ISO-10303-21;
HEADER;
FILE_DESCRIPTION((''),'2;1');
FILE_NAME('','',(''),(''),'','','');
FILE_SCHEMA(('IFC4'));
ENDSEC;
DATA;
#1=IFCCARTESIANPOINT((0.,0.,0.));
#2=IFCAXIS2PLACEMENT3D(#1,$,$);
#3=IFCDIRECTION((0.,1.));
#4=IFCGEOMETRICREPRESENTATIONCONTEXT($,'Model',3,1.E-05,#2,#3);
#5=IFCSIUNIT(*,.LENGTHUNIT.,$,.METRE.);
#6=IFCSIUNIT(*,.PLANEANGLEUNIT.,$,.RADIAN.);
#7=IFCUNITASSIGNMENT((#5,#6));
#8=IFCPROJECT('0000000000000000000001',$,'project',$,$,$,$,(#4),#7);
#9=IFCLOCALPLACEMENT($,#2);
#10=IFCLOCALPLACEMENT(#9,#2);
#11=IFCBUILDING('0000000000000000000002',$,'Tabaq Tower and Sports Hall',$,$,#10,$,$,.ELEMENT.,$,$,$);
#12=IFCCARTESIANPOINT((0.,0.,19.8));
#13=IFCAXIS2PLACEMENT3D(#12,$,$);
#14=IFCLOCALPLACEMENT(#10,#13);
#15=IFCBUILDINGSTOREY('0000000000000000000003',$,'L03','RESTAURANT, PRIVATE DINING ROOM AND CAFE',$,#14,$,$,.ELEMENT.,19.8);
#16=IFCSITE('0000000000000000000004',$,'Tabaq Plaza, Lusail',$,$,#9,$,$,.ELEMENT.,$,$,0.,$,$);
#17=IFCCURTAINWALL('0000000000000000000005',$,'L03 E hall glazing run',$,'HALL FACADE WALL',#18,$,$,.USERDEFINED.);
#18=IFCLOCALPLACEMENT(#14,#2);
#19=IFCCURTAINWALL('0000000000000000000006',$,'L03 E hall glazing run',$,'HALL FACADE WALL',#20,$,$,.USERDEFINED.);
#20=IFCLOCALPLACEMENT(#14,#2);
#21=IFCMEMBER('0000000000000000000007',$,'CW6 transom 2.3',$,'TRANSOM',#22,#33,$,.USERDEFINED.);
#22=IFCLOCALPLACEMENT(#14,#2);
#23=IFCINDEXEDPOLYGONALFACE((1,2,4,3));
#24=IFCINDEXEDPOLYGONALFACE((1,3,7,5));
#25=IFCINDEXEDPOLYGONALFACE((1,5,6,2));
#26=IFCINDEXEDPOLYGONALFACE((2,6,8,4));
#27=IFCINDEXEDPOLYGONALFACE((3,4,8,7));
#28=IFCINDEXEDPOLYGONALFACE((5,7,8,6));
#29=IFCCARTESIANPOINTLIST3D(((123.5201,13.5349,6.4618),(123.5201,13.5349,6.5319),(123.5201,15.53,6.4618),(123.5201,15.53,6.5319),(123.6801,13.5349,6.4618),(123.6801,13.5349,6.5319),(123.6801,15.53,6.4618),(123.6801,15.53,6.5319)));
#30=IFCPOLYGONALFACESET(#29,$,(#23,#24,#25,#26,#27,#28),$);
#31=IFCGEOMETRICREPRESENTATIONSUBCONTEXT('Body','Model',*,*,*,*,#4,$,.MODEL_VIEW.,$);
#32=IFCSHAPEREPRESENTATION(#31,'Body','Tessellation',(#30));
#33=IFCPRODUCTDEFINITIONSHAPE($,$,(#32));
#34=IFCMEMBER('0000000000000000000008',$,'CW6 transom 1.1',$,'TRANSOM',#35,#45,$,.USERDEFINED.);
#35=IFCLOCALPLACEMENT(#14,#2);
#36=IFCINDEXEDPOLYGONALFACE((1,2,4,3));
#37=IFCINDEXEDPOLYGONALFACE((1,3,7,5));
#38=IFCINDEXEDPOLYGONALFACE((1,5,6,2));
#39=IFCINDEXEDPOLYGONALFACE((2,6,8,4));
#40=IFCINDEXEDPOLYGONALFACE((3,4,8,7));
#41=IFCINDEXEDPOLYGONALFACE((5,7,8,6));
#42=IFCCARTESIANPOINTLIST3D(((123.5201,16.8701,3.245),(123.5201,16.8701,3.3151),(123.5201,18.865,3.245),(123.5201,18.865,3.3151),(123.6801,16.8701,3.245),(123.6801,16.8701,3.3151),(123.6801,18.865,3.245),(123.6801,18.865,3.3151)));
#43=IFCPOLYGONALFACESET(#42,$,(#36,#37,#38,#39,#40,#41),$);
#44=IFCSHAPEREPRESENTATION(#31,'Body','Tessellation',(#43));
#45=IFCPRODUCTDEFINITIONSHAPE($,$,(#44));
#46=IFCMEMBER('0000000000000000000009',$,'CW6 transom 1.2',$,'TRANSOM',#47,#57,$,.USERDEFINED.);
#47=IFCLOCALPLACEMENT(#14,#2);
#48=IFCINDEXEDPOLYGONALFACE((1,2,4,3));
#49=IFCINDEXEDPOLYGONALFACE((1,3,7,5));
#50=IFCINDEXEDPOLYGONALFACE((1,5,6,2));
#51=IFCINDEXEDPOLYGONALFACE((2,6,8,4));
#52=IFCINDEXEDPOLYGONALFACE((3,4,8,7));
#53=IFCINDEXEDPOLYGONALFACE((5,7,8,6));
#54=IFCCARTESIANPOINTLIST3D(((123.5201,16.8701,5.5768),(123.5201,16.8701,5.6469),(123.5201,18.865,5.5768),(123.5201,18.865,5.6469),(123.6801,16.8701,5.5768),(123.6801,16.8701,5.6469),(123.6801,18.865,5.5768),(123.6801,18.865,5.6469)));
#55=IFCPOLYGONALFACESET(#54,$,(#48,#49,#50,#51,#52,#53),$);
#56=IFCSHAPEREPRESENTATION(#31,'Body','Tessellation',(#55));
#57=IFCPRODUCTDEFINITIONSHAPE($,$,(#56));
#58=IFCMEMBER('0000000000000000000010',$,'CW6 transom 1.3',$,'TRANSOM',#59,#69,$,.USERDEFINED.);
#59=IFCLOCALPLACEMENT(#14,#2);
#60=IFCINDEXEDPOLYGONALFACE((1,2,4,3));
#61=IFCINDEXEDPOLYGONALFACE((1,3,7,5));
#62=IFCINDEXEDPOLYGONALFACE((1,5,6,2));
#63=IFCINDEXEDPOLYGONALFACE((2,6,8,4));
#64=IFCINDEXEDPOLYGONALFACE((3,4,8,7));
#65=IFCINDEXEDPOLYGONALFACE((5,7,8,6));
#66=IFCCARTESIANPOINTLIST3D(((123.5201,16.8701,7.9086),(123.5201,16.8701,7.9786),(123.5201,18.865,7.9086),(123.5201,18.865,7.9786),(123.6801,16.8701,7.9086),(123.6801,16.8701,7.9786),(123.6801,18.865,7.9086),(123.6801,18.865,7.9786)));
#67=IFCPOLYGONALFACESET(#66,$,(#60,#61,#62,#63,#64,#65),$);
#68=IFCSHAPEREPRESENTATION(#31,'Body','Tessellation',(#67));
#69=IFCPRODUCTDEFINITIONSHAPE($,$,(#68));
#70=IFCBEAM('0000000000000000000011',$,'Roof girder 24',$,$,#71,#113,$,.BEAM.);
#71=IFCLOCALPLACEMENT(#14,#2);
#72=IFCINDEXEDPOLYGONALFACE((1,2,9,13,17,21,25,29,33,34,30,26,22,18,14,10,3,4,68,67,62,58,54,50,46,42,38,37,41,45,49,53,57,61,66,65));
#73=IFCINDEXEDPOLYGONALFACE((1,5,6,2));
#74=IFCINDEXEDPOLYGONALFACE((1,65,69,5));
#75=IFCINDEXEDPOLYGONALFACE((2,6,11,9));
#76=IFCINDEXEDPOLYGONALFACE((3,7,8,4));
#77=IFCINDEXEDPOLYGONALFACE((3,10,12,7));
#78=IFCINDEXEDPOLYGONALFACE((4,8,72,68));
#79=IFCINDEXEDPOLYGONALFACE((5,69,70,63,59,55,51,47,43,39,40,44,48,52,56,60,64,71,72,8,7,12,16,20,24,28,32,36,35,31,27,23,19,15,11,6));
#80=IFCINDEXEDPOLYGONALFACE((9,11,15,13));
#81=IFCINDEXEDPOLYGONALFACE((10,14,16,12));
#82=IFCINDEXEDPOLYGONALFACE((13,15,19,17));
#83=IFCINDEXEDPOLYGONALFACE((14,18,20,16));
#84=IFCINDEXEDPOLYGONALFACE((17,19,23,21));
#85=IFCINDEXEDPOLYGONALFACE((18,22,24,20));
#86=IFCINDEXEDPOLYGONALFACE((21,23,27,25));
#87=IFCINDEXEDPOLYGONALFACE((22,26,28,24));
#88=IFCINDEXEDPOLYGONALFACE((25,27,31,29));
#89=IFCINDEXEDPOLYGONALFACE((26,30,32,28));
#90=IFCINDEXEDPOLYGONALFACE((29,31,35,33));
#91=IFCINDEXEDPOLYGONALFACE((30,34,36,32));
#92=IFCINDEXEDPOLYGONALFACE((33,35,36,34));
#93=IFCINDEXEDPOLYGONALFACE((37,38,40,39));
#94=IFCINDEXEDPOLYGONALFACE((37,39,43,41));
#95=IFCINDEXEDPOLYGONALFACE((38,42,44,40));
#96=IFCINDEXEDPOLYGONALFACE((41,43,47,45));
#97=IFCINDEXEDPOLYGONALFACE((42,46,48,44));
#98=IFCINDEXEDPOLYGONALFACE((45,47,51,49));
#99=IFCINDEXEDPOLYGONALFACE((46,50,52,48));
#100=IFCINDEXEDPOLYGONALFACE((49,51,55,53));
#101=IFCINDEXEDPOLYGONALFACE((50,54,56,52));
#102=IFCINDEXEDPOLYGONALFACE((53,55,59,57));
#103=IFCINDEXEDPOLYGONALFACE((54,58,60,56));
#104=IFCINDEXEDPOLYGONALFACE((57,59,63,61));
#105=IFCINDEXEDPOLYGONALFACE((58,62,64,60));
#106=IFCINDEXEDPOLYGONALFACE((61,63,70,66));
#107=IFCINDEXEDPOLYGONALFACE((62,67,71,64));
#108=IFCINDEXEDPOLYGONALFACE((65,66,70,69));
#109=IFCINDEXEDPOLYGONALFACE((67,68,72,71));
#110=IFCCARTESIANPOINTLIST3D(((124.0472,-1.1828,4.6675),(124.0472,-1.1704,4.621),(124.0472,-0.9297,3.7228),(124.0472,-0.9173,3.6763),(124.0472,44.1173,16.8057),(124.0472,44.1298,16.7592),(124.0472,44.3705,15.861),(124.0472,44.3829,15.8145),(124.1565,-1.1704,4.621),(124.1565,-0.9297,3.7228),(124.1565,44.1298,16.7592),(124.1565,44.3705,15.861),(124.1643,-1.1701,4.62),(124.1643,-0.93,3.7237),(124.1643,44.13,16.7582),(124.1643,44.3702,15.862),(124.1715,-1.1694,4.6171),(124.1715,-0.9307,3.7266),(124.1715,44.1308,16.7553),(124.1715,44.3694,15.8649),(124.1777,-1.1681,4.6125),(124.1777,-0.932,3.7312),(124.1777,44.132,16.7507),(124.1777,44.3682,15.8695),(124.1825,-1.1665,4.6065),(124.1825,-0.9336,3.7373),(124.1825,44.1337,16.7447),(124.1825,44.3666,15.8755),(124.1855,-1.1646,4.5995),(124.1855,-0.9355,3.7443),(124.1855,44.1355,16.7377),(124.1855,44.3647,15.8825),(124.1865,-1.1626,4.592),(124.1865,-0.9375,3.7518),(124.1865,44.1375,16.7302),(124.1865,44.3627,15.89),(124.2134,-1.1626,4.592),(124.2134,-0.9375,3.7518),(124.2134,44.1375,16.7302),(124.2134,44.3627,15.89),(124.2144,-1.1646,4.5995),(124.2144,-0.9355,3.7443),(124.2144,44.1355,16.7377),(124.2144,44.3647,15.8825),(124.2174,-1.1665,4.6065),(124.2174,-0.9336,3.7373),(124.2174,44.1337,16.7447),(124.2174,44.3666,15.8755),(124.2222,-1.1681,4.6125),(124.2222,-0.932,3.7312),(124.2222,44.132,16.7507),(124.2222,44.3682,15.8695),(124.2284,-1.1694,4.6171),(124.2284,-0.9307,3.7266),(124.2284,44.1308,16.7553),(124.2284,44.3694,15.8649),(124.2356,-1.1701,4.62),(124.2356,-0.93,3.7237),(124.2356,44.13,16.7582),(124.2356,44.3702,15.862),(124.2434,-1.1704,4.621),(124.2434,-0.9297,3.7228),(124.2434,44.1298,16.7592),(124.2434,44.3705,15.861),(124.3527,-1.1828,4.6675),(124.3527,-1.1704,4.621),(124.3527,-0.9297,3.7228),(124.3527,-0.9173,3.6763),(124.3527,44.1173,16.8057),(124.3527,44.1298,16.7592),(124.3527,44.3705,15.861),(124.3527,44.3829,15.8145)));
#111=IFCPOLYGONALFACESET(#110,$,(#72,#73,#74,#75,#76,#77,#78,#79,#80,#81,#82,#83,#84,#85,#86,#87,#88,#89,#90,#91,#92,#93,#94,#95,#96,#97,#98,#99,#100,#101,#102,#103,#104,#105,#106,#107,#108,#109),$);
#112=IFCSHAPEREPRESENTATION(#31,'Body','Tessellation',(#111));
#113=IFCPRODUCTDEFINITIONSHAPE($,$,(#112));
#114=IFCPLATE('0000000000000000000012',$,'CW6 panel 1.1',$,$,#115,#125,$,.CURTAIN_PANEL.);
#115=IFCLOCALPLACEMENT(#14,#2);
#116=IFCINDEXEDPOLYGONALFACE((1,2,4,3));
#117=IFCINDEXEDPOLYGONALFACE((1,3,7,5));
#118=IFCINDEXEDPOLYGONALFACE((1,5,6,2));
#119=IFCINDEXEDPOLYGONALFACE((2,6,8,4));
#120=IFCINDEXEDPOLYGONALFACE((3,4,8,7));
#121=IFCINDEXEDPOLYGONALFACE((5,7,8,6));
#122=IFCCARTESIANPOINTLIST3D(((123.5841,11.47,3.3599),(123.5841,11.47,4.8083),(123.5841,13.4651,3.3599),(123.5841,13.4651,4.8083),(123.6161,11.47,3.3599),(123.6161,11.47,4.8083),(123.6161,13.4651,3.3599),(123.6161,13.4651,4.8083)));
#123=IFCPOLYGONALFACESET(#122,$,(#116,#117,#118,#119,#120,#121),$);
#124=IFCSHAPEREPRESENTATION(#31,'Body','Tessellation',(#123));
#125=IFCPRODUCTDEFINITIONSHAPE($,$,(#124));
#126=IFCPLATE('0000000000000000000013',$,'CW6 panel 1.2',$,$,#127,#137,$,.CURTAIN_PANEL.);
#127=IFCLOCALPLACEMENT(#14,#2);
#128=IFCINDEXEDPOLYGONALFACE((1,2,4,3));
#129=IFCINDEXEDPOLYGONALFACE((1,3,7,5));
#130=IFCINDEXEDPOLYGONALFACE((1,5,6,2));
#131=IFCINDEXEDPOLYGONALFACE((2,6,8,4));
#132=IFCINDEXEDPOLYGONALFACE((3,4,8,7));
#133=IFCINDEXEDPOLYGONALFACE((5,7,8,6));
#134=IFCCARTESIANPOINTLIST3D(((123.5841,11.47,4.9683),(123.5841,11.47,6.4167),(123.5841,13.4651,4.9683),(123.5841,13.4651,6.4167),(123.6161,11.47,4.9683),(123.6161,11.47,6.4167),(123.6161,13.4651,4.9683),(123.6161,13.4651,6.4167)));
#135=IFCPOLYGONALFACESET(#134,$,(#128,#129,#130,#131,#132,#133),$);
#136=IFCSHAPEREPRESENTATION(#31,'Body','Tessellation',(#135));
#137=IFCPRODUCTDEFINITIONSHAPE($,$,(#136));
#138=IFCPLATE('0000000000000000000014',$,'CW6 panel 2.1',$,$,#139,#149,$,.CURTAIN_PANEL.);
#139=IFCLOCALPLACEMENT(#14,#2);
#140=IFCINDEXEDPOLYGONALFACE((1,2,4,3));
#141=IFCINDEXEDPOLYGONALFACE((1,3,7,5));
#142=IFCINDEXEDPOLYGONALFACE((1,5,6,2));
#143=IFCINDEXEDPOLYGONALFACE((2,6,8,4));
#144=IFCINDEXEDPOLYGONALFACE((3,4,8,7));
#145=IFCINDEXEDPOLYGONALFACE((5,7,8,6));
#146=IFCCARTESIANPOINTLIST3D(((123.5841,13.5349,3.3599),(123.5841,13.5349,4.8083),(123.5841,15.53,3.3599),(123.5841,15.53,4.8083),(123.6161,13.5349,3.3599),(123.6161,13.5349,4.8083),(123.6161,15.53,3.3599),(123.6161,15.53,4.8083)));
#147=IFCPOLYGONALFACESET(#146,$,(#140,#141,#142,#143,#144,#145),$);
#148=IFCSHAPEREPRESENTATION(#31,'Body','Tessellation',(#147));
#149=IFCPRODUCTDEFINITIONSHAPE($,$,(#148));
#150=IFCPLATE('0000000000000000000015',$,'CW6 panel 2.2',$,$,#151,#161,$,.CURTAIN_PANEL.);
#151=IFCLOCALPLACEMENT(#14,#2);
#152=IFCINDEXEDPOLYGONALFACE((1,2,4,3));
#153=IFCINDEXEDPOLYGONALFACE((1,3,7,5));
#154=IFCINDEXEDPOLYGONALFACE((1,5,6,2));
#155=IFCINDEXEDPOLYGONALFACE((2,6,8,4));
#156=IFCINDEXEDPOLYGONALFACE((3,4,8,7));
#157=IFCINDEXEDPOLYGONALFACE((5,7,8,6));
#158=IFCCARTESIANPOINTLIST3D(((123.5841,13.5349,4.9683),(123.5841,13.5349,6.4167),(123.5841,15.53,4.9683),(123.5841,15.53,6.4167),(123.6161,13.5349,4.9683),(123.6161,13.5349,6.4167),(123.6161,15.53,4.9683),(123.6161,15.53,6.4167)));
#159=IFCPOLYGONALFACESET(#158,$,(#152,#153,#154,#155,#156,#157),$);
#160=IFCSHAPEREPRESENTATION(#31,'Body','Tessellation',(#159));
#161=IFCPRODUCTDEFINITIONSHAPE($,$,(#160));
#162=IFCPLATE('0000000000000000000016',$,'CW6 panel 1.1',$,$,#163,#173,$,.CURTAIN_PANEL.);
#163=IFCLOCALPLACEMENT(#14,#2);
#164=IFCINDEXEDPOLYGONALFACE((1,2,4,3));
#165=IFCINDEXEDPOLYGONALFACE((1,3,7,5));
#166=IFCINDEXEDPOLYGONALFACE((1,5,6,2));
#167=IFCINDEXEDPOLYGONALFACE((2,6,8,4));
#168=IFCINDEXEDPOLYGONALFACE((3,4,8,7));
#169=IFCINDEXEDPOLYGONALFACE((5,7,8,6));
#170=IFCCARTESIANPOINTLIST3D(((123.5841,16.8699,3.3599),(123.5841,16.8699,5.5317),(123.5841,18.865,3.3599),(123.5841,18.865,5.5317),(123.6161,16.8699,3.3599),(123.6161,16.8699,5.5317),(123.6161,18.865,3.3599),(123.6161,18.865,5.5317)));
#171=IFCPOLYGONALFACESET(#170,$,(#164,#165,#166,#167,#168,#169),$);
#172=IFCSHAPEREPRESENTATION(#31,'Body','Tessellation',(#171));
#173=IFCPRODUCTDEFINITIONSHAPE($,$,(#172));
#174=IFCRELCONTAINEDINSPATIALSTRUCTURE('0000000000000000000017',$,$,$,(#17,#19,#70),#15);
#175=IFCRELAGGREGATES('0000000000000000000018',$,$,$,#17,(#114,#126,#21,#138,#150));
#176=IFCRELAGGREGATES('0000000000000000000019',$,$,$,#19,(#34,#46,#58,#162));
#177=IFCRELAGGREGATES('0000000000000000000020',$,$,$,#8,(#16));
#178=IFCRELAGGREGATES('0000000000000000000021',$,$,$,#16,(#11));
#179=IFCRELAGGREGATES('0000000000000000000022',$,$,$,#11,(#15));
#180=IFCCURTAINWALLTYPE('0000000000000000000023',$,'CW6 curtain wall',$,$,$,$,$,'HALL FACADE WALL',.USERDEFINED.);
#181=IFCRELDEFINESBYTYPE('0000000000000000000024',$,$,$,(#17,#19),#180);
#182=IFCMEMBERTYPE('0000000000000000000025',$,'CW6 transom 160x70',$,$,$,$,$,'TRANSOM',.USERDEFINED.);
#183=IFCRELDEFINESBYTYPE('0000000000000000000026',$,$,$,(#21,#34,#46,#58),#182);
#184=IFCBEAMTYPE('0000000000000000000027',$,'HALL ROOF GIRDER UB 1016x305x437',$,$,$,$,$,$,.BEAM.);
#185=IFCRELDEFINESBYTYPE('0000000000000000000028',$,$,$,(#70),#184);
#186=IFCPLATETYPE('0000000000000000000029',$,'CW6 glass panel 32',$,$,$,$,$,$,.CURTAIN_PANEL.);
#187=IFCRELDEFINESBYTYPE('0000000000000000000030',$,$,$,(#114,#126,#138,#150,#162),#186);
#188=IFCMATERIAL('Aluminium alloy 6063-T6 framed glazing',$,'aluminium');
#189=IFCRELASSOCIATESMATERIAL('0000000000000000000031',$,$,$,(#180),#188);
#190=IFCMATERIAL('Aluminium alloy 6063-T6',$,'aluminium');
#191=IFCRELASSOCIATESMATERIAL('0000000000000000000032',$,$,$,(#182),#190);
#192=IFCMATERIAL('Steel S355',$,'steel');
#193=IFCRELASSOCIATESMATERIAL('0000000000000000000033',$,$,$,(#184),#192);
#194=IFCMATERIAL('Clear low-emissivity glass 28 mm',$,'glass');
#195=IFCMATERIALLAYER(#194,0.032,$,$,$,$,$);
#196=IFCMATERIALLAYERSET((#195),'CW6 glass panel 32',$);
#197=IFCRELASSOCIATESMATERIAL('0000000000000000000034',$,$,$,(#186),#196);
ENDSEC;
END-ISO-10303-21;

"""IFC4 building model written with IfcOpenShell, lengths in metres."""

from ifc_helpers import new_model, si_unit, direction, frame, origin, origin_2d, place, context, subcontext, project, spatial, rectangle, i_section, extrude, material, layer, layer_set, material_profile, profile_set, type_object, element, aggregate, save


model = new_model("IFC4")

# Units and contexts
model_context = context("Model", 3, precision=1e-05, world=origin(), true_north=direction((0.0, 1.0)))
body_context = subcontext(model_context, "Body", "Model", "MODEL_VIEW")
ifc_project = project(units=[si_unit("LENGTHUNIT", "METRE"), si_unit("PLANEANGLEUNIT", "RADIAN")], contexts=[model_context])

# Site, building, storey
site_placement = place(None, origin())
site = spatial("IfcSite", under=ifc_project, at=site_placement, Name="Tabaq Plaza, Lusail", CompositionType="ELEMENT", RefElevation=0.0)
building_placement = place(site_placement, origin())
building = spatial("IfcBuilding", under=site, at=building_placement, Name="Tabaq Tower and Sports Hall", CompositionType="ELEMENT")
storey_placement = place(building_placement, frame((0.0, 0.0, 19.8)))
storey = spatial("IfcBuildingStorey", under=building, at=storey_placement, Name="L03", Description="RESTAURANT, PRIVATE DINING ROOM AND CAFE", CompositionType="ELEMENT", Elevation=19.8)

# Curtain wall
ifc_material_1 = material(Name="Aluminium alloy 6063-T6 framed glazing", Category="aluminium")
curtain_wall_type = type_object("IfcCurtainWallType", Name="CW6 curtain wall", ElementType="HALL FACADE WALL", PredefinedType="USERDEFINED", material=ifc_material_1)
curtain_wall_1_placement = place(storey_placement, origin())
curtain_wall_1 = element("IfcCurtainWall", 1, at=curtain_wall_1_placement, inside=storey, type_object=curtain_wall_type, Name="L03 E hall glazing run", ObjectType="HALL FACADE WALL", PredefinedType="USERDEFINED")

# Curtain wall
curtain_wall_2_placement = place(storey_placement, origin())
curtain_wall_2 = element("IfcCurtainWall", 2, at=curtain_wall_2_placement, inside=storey, type_object=curtain_wall_type, Name="L03 E hall glazing run", ObjectType="HALL FACADE WALL", PredefinedType="USERDEFINED")

# Members
ifc_material_2 = material(Name="Aluminium alloy 6063-T6", Category="aluminium")
ifc_material_profile_1 = material_profile(ifc_material_2, rectangle(XDim=0.1599, YDim=0.0701, at=origin_2d()), Name="TRANSOM 160x70")
ifc_profile_set_1 = profile_set([ifc_material_profile_1], Name="Aluminium alloy 6063-T6")
member_type_1 = type_object("IfcMemberType", Name="CW6 transom 160x70", ElementType="TRANSOM", PredefinedType="USERDEFINED", material=ifc_profile_set_1)
member_1_placement = place(storey_placement, frame((123.6001, 13.5349, 6.4968), z_axis=(0.0, 1.0, 0.0), x_axis=(-1.0, 0.0, 0.0)))
member_1 = element("IfcMember", 3, at=member_1_placement, type_object=member_type_1, Name="CW6 transom 2.3", ObjectType="TRANSOM", PredefinedType="USERDEFINED", context=body_context, shape_type="SweptSolid", body=[
    extrude(rectangle(XDim=0.1599, YDim=0.0701, at=origin_2d()), origin(), (0.0, 0.0, 1.0), 1.9951),
])
member_2_placement = place(storey_placement, frame((123.6001, 16.8701, 3.28), z_axis=(0.0, 1.0, 0.0), x_axis=(-1.0, 0.0, 0.0)))
member_2 = element("IfcMember", 4, at=member_2_placement, type_object=member_type_1, Name="CW6 transom 1.1", ObjectType="TRANSOM", PredefinedType="USERDEFINED", context=body_context, shape_type="SweptSolid", body=[
    extrude(rectangle(XDim=0.1599, YDim=0.0701, at=origin_2d()), origin(), (0.0, 0.0, 1.0), 1.9949),
])
member_3_placement = place(storey_placement, frame((123.6001, 16.8701, 5.6118), z_axis=(0.0, 1.0, 0.0), x_axis=(-1.0, 0.0, 0.0)))
member_3 = element("IfcMember", 5, at=member_3_placement, type_object=member_type_1, Name="CW6 transom 1.2", ObjectType="TRANSOM", PredefinedType="USERDEFINED", context=body_context, shape_type="SweptSolid", body=[
    extrude(rectangle(XDim=0.1599, YDim=0.0701, at=origin_2d()), origin(), (0.0, 0.0, 1.0), 1.9949),
])
member_4_placement = place(storey_placement, frame((123.6001, 16.8701, 7.9436), z_axis=(0.0, 1.0, 0.0), x_axis=(-1.0, 0.0, 0.0)))
member_4 = element("IfcMember", 6, at=member_4_placement, type_object=member_type_1, Name="CW6 transom 1.3", ObjectType="TRANSOM", PredefinedType="USERDEFINED", context=body_context, shape_type="SweptSolid", body=[
    extrude(rectangle(XDim=0.1599, YDim=0.0701, at=origin_2d()), origin(), (0.0, 0.0, 1.0), 1.9949),
])

# Beam
ifc_material_3 = material(Name="Steel S355", Category="steel")
ifc_material_profile_2 = material_profile(ifc_material_3, i_section(OverallWidth=0.3054, OverallDepth=1.0261, WebThickness=0.0269, FlangeThickness=0.0481, FilletRadius=0.03, at=origin_2d()), Name="UB 1016x305x437")
ifc_profile_set_2 = profile_set([ifc_material_profile_2], Name="Steel S355")
beam_type = type_object("IfcBeamType", Name="HALL ROOF GIRDER UB 1016x305x437", PredefinedType="BEAM", material=ifc_profile_set_2)
beam_placement = place(storey_placement, frame((124.2, -1.05, 4.1719), z_axis=(0.0, 0.965925, 0.25882), x_axis=(-1.0, 0.0, 0.0)))
element("IfcBeam", 7, at=beam_placement, inside=storey, type_object=beam_type, Name="Roof girder 24", PredefinedType="BEAM", context=body_context, shape_type="SweptSolid", body=[
    extrude(i_section(OverallWidth=0.3054, OverallDepth=1.0261, WebThickness=0.0269, FlangeThickness=0.0481, FilletRadius=0.03, at=origin_2d()), origin(), (0.0, 0.0, 1.0), 46.8982),
])

# Plates
ifc_material_4 = material(Name="Clear low-emissivity glass 28 mm", Category="glass")
ifc_layer_1 = layer(ifc_material_4, 0.032)
ifc_layer_set_1 = layer_set([ifc_layer_1], Name="CW6 glass panel 32")
plate_type = type_object("IfcPlateType", Name="CW6 glass panel 32", PredefinedType="CURTAIN_PANEL", material=ifc_layer_set_1)
plate_1_placement = place(storey_placement, frame((123.6001, 12.4675, 3.3599), z_axis=(0.0, 0.0, 1.0), x_axis=(0.0, 1.0, 0.0)))
plate_1 = element("IfcPlate", 8, at=plate_1_placement, type_object=plate_type, Name="CW6 panel 1.1", PredefinedType="CURTAIN_PANEL", context=body_context, shape_type="SweptSolid", body=[
    extrude(rectangle(XDim=1.9951, YDim=0.032, at=origin_2d()), origin(), (0.0, 0.0, 1.0), 1.4485),
])
plate_2_placement = place(storey_placement, frame((123.6001, 12.4675, 4.9683), z_axis=(0.0, 0.0, 1.0), x_axis=(0.0, 1.0, 0.0)))
plate_2 = element("IfcPlate", 9, at=plate_2_placement, type_object=plate_type, Name="CW6 panel 1.2", PredefinedType="CURTAIN_PANEL", context=body_context, shape_type="SweptSolid", body=[
    extrude(rectangle(XDim=1.9951, YDim=0.032, at=origin_2d()), origin(), (0.0, 0.0, 1.0), 1.4485),
])
plate_3_placement = place(storey_placement, frame((123.6001, 14.5325, 3.3599), z_axis=(0.0, 0.0, 1.0), x_axis=(0.0, 1.0, 0.0)))
plate_3 = element("IfcPlate", 10, at=plate_3_placement, type_object=plate_type, Name="CW6 panel 2.1", PredefinedType="CURTAIN_PANEL", context=body_context, shape_type="SweptSolid", body=[
    extrude(rectangle(XDim=1.9951, YDim=0.032, at=origin_2d()), origin(), (0.0, 0.0, 1.0), 1.4485),
])
plate_4_placement = place(storey_placement, frame((123.6001, 14.5325, 4.9683), z_axis=(0.0, 0.0, 1.0), x_axis=(0.0, 1.0, 0.0)))
plate_4 = element("IfcPlate", 11, at=plate_4_placement, type_object=plate_type, Name="CW6 panel 2.2", PredefinedType="CURTAIN_PANEL", context=body_context, shape_type="SweptSolid", body=[
    extrude(rectangle(XDim=1.9951, YDim=0.032, at=origin_2d()), origin(), (0.0, 0.0, 1.0), 1.4485),
])
aggregate(curtain_wall_1, [plate_1, plate_2, member_1, plate_3, plate_4])
plate_5_placement = place(storey_placement, frame((123.6001, 17.8674, 3.3599), z_axis=(0.0, 0.0, 1.0), x_axis=(0.0, 1.0, 0.0)))
plate_5 = element("IfcPlate", 12, at=plate_5_placement, type_object=plate_type, Name="CW6 panel 1.1", PredefinedType="CURTAIN_PANEL", context=body_context, shape_type="SweptSolid", body=[
    extrude(rectangle(XDim=1.9951, YDim=0.032, at=origin_2d()), origin(), (0.0, 0.0, 1.0), 2.1719),
])
aggregate(curtain_wall_2, [member_2, member_3, member_4, plate_5])

save(model, "model.ifc")
